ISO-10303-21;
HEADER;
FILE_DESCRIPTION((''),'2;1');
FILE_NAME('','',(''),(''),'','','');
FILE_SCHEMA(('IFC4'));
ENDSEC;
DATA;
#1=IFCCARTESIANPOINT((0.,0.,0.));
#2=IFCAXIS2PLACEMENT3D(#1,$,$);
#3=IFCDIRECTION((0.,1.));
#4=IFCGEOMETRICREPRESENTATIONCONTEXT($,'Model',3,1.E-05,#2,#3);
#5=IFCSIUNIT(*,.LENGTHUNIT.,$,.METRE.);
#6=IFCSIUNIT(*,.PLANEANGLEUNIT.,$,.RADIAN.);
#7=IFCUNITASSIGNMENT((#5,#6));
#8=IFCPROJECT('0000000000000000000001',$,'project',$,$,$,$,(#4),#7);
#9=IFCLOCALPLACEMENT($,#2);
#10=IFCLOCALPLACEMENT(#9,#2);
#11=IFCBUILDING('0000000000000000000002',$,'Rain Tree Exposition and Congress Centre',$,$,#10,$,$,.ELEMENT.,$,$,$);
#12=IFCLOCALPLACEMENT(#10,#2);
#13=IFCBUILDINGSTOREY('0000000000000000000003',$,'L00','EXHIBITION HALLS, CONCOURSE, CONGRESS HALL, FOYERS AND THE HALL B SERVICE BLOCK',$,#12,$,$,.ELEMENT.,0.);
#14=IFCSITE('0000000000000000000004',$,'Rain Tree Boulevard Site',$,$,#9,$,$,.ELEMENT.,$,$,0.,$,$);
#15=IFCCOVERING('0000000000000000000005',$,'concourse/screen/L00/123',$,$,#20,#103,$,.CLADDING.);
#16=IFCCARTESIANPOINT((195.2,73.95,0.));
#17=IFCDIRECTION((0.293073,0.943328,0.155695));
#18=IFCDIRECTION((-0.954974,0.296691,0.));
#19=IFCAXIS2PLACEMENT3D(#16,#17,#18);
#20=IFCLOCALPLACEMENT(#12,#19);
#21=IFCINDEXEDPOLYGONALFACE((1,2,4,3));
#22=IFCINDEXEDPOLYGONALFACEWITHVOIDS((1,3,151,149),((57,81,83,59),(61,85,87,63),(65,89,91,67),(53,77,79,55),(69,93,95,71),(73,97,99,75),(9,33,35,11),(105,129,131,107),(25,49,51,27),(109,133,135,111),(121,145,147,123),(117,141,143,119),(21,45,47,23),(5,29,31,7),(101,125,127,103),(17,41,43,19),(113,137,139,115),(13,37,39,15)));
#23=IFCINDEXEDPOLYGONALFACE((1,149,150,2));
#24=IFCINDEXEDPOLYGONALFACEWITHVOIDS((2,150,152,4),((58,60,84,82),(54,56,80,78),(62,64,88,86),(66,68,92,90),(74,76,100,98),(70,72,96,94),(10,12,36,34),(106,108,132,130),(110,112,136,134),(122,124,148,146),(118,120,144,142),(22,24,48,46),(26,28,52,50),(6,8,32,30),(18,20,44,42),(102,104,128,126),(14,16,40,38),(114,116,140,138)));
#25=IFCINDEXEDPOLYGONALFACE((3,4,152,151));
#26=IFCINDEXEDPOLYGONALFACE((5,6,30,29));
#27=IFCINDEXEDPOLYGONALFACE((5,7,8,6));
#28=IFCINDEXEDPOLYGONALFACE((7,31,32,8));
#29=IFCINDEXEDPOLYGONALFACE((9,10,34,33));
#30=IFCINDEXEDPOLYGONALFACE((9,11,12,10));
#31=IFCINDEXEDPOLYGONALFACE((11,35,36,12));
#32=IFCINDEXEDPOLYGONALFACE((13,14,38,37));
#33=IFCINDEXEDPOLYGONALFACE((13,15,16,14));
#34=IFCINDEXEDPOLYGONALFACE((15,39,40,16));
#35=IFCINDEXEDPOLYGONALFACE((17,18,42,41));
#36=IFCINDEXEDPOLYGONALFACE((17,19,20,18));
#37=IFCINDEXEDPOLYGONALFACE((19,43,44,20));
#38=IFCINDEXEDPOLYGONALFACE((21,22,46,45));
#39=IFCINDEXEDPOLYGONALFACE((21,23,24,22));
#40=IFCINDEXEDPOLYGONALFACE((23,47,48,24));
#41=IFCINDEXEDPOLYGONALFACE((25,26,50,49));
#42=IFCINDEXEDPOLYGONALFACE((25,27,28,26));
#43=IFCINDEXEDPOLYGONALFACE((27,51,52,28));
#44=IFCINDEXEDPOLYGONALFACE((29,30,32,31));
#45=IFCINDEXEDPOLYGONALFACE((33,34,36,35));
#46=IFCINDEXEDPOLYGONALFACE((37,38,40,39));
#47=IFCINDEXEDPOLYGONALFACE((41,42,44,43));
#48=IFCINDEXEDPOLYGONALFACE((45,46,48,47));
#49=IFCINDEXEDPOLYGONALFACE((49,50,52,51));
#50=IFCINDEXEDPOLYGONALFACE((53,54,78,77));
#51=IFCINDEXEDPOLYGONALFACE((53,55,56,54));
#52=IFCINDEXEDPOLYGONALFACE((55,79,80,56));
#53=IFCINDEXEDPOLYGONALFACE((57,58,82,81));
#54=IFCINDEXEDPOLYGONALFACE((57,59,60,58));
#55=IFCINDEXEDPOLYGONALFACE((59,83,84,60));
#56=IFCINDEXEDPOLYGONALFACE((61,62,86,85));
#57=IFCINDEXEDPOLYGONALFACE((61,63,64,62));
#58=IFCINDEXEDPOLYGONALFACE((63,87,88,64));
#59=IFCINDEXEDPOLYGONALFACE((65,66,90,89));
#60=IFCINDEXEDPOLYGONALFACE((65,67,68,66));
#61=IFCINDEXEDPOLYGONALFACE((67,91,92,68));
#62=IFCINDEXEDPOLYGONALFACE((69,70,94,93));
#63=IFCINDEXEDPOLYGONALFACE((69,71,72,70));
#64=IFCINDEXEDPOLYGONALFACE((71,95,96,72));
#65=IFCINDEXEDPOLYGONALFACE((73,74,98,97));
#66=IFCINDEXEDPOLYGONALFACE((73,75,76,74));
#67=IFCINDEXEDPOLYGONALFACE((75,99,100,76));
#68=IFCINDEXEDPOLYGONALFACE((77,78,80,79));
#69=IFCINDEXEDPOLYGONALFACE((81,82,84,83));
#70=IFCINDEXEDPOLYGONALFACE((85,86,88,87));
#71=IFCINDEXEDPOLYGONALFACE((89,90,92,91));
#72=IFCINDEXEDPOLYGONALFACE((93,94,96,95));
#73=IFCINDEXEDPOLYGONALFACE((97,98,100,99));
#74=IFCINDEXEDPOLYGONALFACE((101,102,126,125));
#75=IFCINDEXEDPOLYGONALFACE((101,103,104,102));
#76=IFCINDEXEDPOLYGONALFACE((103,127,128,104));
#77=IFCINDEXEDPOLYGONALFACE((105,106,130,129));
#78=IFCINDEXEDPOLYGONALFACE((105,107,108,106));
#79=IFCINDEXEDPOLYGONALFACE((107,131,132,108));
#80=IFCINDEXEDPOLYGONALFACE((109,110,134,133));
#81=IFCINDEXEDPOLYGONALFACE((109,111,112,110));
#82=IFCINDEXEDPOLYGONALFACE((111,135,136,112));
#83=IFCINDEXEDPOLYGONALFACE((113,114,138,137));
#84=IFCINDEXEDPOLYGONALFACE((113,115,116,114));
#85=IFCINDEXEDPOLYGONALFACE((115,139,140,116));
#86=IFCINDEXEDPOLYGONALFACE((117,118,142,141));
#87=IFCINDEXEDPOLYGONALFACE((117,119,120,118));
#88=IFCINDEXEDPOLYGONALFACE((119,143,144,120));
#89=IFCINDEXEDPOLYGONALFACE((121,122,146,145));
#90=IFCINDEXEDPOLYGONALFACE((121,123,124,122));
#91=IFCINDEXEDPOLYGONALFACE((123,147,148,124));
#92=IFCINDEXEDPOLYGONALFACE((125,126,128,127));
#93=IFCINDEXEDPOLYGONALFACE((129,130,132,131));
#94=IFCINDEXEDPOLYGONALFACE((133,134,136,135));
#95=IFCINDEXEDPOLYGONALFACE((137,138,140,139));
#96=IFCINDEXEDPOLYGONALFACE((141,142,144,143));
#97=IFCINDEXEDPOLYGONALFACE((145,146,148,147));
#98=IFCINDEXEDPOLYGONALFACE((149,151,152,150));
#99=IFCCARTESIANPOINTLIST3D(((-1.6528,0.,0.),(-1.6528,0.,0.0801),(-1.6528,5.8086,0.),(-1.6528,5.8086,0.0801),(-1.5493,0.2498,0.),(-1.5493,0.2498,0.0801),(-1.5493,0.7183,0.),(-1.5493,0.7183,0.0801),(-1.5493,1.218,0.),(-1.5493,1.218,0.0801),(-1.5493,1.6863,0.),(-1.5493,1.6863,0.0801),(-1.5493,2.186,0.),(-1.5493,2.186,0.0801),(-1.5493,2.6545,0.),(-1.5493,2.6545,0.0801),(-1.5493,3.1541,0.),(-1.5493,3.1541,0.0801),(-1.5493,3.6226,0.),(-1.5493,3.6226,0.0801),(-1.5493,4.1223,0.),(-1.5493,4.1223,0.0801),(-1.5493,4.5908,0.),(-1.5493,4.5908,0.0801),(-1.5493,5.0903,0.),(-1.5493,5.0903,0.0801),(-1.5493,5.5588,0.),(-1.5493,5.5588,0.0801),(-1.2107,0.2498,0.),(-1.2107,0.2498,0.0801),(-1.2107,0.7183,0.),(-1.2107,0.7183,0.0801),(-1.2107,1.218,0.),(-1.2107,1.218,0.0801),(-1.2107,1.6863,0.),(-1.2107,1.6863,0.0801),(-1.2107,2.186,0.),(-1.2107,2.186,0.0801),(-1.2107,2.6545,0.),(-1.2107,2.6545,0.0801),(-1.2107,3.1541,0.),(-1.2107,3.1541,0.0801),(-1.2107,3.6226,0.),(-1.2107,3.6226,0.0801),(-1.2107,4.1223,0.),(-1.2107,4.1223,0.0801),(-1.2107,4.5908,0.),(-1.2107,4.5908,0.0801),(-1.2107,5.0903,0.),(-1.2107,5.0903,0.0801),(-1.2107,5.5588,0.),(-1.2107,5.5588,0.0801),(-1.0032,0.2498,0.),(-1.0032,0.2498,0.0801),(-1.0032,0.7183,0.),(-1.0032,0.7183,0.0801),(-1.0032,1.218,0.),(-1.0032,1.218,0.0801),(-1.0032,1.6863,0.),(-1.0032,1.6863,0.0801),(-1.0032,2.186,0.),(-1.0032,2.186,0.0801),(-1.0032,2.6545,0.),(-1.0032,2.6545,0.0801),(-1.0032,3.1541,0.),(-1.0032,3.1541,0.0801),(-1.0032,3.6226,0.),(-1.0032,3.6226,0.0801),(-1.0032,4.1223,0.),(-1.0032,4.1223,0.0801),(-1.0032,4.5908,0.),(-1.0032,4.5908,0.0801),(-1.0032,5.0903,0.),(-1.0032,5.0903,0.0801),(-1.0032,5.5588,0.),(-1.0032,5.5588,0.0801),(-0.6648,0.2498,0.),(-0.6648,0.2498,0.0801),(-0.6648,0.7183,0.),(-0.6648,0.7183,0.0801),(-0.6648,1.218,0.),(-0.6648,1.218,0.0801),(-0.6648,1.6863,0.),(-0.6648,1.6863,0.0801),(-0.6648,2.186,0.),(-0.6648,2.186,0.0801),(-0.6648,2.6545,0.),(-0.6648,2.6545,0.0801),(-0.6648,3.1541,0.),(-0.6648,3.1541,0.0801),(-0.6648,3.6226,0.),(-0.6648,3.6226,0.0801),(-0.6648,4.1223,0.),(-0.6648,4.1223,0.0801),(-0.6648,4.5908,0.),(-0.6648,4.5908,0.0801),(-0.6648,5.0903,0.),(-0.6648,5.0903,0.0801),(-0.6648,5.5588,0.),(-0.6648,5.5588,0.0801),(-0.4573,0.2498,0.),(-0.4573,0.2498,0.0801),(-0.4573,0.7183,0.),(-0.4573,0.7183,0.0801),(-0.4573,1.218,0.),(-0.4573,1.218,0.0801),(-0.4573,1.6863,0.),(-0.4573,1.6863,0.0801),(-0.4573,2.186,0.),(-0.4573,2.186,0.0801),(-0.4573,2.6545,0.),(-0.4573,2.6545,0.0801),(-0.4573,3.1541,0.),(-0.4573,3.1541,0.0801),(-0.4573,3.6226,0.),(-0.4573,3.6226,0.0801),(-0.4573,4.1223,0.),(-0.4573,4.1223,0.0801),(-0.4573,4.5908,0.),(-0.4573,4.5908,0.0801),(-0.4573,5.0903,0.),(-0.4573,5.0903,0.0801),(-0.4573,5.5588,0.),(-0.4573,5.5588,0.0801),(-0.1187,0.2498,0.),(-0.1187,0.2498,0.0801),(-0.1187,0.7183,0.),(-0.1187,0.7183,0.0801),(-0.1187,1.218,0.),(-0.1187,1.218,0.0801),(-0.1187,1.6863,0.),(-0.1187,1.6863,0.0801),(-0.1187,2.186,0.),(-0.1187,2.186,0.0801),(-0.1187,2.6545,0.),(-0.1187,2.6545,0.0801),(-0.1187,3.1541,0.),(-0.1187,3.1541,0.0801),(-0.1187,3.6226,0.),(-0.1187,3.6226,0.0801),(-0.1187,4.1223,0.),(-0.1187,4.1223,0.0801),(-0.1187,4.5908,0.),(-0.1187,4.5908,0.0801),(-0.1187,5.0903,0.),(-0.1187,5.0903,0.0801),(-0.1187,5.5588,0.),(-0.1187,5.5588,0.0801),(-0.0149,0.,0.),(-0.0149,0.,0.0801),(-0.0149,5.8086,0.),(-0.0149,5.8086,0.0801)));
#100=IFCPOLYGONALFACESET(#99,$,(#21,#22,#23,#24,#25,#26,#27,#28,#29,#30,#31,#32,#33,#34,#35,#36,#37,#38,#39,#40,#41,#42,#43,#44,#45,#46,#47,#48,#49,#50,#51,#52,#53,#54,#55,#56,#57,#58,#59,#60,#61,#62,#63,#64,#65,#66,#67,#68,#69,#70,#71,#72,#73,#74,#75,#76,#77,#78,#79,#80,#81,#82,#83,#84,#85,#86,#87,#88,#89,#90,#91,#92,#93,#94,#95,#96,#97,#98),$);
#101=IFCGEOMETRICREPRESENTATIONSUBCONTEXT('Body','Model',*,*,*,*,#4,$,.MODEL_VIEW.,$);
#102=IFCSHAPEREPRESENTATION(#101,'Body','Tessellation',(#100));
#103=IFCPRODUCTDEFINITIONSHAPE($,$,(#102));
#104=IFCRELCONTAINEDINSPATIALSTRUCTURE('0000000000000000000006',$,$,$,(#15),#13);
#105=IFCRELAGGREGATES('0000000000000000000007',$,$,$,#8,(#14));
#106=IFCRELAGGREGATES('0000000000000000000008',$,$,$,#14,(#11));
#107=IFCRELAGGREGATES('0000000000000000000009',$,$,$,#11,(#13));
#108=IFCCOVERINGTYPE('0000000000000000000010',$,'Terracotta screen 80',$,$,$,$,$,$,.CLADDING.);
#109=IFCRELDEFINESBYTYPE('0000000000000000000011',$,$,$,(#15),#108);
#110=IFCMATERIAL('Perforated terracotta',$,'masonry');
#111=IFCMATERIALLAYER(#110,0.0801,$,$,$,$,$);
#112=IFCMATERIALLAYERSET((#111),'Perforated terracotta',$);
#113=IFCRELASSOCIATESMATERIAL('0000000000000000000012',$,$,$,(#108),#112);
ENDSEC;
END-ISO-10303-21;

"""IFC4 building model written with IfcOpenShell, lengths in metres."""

from ifc_helpers import new_model, si_unit, direction, frame, origin, place, context, subcontext, project, spatial, polyline, outline, extrude, material, layer, layer_set, type_object, element, save


model = new_model("IFC4")

# Units and contexts
model_context = context("Model", 3, precision=1e-05, world=origin(), true_north=direction((0.0, 1.0)))
body_context = subcontext(model_context, "Body", "Model", "MODEL_VIEW")
ifc_project = project(units=[si_unit("LENGTHUNIT", "METRE"), si_unit("PLANEANGLEUNIT", "RADIAN")], contexts=[model_context])

# Site, building, storey
site_placement = place(None, origin())
site = spatial("IfcSite", under=ifc_project, at=site_placement, Name="Rain Tree Boulevard Site", CompositionType="ELEMENT", RefElevation=0.0)
building_placement = place(site_placement, origin())
building = spatial("IfcBuilding", under=site, at=building_placement, Name="Rain Tree Exposition and Congress Centre", CompositionType="ELEMENT")
storey_placement = place(building_placement, origin())
storey = spatial("IfcBuildingStorey", under=building, at=storey_placement, Name="L00", Description="EXHIBITION HALLS, CONCOURSE, CONGRESS HALL, FOYERS AND THE HALL B SERVICE BLOCK", CompositionType="ELEMENT", Elevation=0.0)

# Covering
ifc_material_1 = material(Name="Perforated terracotta", Category="masonry")
ifc_layer_1 = layer(ifc_material_1, 0.0801)
ifc_layer_set_1 = layer_set([ifc_layer_1], Name="Perforated terracotta")
covering_type = type_object("IfcCoveringType", Name="Terracotta screen 80", PredefinedType="CLADDING", material=ifc_layer_set_1)
covering_1_placement = place(storey_placement, frame((195.2, 73.95, 0.0), z_axis=(0.293073, 0.943328, 0.155695), x_axis=(-0.954974, 0.296691, 0.0)))
element("IfcCovering", 1, at=covering_1_placement, inside=storey, type_object=covering_type, Name="concourse/screen/L00/123", PredefinedType="CLADDING", context=body_context, shape_type="SweptSolid", body=[
    extrude(outline(polyline([(-0.0149, 0.0), (-1.6528, 0.0), (-1.6528, 5.8086), (-0.0149, 5.8086), (-0.0149, 0.0)]), holes=[polyline([(-0.1187, 0.2498), (-0.1187, 0.7183), (-0.4573, 0.7183), (-0.4573, 0.2498), (-0.1187, 0.2498)]), polyline([(-0.1187, 1.218), (-0.1187, 1.6863), (-0.4573, 1.6863), (-0.4573, 1.218), (-0.1187, 1.218)]), polyline([(-0.1187, 2.186), (-0.1187, 2.6545), (-0.4573, 2.6545), (-0.4573, 2.186), (-0.1187, 2.186)]), polyline([(-0.1187, 3.1541), (-0.1187, 3.6226), (-0.4573, 3.6226), (-0.4573, 3.1541), (-0.1187, 3.1541)]), polyline([(-0.1187, 4.1223), (-0.1187, 4.5908), (-0.4573, 4.5908), (-0.4573, 4.1223), (-0.1187, 4.1223)]), polyline([(-0.1187, 5.0903), (-0.1187, 5.5588), (-0.4573, 5.5588), (-0.4573, 5.0903), (-0.1187, 5.0903)]), polyline([(-0.6648, 0.2498), (-0.6648, 0.7183), (-1.0032, 0.7183), (-1.0032, 0.2498), (-0.6648, 0.2498)]), polyline([(-0.6648, 1.218), (-0.6648, 1.6863), (-1.0032, 1.6863), (-1.0032, 1.218), (-0.6648, 1.218)]), polyline([(-0.6648, 2.186), (-0.6648, 2.6545), (-1.0032, 2.6545), (-1.0032, 2.186), (-0.6648, 2.186)]), polyline([(-0.6648, 3.1541), (-0.6648, 3.6226), (-1.0032, 3.6226), (-1.0032, 3.1541), (-0.6648, 3.1541)]), polyline([(-0.6648, 4.1223), (-0.6648, 4.5908), (-1.0032, 4.5908), (-1.0032, 4.1223), (-0.6648, 4.1223)]), polyline([(-0.6648, 5.0903), (-0.6648, 5.5588), (-1.0032, 5.5588), (-1.0032, 5.0903), (-0.6648, 5.0903)]), polyline([(-1.2107, 0.2498), (-1.2107, 0.7183), (-1.5493, 0.7183), (-1.5493, 0.2498), (-1.2107, 0.2498)]), polyline([(-1.2107, 1.218), (-1.2107, 1.6863), (-1.5493, 1.6863), (-1.5493, 1.218), (-1.2107, 1.218)]), polyline([(-1.2107, 2.186), (-1.2107, 2.6545), (-1.5493, 2.6545), (-1.5493, 2.186), (-1.2107, 2.186)]), polyline([(-1.2107, 3.1541), (-1.2107, 3.6226), (-1.5493, 3.6226), (-1.5493, 3.1541), (-1.2107, 3.1541)]), polyline([(-1.2107, 4.1223), (-1.2107, 4.5908), (-1.5493, 4.5908), (-1.5493, 4.1223), (-1.2107, 4.1223)]), polyline([(-1.2107, 5.0903), (-1.2107, 5.5588), (-1.5493, 5.5588), (-1.5493, 5.0903), (-1.2107, 5.0903)])]), origin(), (0.0, 0.0, 1.0), 0.0801),
])

save(model, "model.ifc")
